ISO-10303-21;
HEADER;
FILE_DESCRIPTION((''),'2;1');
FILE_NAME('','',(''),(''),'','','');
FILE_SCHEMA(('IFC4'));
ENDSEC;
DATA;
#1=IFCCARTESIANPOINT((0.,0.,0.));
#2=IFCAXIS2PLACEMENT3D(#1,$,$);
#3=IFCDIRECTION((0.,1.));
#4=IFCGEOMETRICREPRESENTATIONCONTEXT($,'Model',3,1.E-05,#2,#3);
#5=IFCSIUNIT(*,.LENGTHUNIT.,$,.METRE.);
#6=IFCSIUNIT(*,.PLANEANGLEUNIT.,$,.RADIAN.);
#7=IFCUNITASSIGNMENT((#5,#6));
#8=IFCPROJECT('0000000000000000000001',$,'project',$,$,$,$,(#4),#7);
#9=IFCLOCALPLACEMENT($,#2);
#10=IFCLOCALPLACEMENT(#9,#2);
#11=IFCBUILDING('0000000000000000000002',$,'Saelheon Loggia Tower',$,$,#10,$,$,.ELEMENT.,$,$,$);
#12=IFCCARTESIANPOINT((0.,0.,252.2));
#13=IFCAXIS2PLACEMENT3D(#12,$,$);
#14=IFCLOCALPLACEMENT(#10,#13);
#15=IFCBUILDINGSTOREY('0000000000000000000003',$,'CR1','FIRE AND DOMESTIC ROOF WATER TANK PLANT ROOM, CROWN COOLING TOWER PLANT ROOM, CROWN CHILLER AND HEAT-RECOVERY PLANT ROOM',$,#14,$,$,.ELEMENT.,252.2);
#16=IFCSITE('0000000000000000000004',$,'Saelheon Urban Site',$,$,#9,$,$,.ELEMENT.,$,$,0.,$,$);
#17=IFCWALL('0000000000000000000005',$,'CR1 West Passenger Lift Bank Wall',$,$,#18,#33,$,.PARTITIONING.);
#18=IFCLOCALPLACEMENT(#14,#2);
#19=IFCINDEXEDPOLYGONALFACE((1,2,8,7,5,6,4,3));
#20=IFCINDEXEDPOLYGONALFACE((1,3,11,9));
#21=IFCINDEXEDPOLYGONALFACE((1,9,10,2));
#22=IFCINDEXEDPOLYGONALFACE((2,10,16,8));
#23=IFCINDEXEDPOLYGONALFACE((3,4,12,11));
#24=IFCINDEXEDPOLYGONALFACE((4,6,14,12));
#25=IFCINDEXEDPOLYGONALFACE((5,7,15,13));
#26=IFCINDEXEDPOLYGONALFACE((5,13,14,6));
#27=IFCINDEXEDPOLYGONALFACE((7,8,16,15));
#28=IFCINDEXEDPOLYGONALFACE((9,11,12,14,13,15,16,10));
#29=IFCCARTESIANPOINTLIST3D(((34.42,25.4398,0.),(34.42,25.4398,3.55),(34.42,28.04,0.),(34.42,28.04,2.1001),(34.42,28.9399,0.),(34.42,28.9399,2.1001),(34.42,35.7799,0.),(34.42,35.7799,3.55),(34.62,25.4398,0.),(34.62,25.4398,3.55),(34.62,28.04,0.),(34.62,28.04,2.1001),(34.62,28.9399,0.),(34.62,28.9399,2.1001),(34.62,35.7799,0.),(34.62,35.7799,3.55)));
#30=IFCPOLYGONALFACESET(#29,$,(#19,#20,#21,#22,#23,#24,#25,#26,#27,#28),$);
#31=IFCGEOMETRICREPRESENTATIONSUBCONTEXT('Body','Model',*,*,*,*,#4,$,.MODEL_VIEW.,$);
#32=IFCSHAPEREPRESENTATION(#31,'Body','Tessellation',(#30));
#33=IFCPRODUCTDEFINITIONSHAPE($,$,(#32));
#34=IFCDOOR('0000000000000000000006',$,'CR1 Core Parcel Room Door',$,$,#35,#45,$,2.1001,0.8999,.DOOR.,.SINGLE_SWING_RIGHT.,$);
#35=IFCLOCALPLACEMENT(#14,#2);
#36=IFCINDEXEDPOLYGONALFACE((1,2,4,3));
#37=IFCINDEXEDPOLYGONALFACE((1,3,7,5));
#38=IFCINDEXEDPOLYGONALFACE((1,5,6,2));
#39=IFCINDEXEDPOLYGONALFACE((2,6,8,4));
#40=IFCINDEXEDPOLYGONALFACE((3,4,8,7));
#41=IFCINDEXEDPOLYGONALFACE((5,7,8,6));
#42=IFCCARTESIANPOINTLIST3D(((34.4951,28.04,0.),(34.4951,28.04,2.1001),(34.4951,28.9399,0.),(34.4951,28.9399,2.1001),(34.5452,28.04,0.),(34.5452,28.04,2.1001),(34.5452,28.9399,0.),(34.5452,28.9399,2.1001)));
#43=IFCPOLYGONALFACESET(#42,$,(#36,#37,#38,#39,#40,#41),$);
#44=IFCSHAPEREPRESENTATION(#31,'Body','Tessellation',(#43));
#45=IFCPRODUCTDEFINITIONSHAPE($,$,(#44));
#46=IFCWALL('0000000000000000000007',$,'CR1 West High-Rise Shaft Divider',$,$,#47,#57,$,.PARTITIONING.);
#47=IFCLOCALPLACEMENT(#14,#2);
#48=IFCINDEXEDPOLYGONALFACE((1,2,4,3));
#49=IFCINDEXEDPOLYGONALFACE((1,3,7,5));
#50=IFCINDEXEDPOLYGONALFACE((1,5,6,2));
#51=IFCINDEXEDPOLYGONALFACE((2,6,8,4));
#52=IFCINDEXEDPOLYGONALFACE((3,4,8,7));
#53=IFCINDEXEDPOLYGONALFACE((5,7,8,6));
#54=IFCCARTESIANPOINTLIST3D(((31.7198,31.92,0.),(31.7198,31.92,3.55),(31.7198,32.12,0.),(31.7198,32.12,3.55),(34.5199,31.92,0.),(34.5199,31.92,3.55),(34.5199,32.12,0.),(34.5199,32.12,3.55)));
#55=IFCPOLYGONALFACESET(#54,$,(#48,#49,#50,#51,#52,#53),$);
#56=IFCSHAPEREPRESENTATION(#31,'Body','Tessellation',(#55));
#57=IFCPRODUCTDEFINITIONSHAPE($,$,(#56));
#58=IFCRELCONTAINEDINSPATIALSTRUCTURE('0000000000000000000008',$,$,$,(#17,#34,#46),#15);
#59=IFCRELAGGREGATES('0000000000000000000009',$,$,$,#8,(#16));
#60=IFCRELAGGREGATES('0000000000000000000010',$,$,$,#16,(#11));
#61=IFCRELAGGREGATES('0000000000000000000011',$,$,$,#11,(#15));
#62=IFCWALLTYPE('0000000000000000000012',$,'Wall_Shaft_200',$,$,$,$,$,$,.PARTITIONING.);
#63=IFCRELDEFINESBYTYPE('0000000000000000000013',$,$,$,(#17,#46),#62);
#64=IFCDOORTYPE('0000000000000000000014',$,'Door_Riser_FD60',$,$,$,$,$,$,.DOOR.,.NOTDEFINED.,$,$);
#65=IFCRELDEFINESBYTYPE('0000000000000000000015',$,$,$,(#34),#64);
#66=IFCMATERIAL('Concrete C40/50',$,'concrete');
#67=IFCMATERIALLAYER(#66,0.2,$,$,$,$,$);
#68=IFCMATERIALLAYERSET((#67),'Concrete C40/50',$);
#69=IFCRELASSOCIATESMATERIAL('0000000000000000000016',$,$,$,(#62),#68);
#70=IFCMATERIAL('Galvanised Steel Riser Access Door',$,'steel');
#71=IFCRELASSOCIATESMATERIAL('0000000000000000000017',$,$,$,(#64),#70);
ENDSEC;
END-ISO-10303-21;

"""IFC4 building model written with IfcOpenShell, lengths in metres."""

from ifc_helpers import new_model, si_unit, direction, frame, frame_2d, origin, place, context, subcontext, project, spatial, rectangle, extrude, source, transform, mapped, material, layer, layer_set, type_object, element, fill, save


model = new_model("IFC4")

# Units and contexts
model_context = context("Model", 3, precision=1e-05, world=origin(), true_north=direction((0.0, 1.0)))
body_context = subcontext(model_context, "Body", "Model", "MODEL_VIEW")
ifc_project = project(units=[si_unit("LENGTHUNIT", "METRE"), si_unit("PLANEANGLEUNIT", "RADIAN")], contexts=[model_context])

# Site, building, storey
site_placement = place(None, origin())
site = spatial("IfcSite", under=ifc_project, at=site_placement, Name="Saelheon Urban Site", CompositionType="ELEMENT", RefElevation=0.0)
building_placement = place(site_placement, origin())
building = spatial("IfcBuilding", under=site, at=building_placement, Name="Saelheon Loggia Tower", CompositionType="ELEMENT")
storey_placement = place(building_placement, frame((0.0, 0.0, 252.2)))
storey = spatial("IfcBuildingStorey", under=building, at=storey_placement, Name="CR1", Description="FIRE AND DOMESTIC ROOF WATER TANK PLANT ROOM, CROWN COOLING TOWER PLANT ROOM, CROWN CHILLER AND HEAT-RECOVERY PLANT ROOM", CompositionType="ELEMENT", Elevation=252.2)

# Wall, opening, door
ifc_material_1 = material(Name="Concrete C40/50", Category="concrete")
ifc_layer_1 = layer(ifc_material_1, 0.2)
ifc_layer_set_1 = layer_set([ifc_layer_1], Name="Concrete C40/50")
wall_type = type_object("IfcWallType", Name="Wall_Shaft_200", PredefinedType="PARTITIONING", material=ifc_layer_set_1)
wall_1_placement = place(storey_placement, frame((34.52, 25.4399, 0.0), z_axis=(0.0, 0.0, 1.0), x_axis=(0.0, 1.0, 0.0)))
wall_1 = element("IfcWall", 1, at=wall_1_placement, inside=storey, type_object=wall_type, Name="CR1 West Passenger Lift Bank Wall", PredefinedType="PARTITIONING", context=body_context, shape_type="SweptSolid", body=[
    extrude(rectangle(XDim=10.3401, YDim=0.2, at=frame_2d((5.1699, 0.0))), origin(), (0.0, 0.0, 1.0), 3.55),
])
opening_1_placement = place(wall_1_placement, frame((2.6001, 0.0, 0.0)))
opening_1 = element("IfcOpeningElement", 2, at=opening_1_placement, cuts=wall_1, PredefinedType="OPENING", context=body_context, shape_type="SweptSolid", body=[
    extrude(rectangle(XDim=0.8999, YDim=2.1001, at=frame_2d((0.45, 1.05))), frame((0.0, 0.1121, 0.0), z_axis=(0.0, -1.0, 0.0), x_axis=(1.0, 0.0, 0.0)), (0.0, 0.0, 1.0), 0.2239),
])
ifc_material_2 = material(Name="Galvanised Steel Riser Access Door", Category="steel")
door_type_1 = type_object("IfcDoorType", Name="Door_Riser_FD60", OperationType="NOTDEFINED", PredefinedType="DOOR", material=ifc_material_2)
shared_shape_1 = source(origin(), body_context, "Body", "SweptSolid", [
    extrude(rectangle(XDim=0.8999, YDim=2.1001, at=frame_2d((0.45, 1.05))), frame((0.0, 0.0249, 0.0), z_axis=(0.0, -1.0, 0.0), x_axis=(1.0, 0.0, 0.0)), (0.0, 0.0, 1.0), 0.05),
])
door_1_placement = place(opening_1_placement, origin())
door_1 = element("IfcDoor", 3, at=door_1_placement, inside=storey, type_object=door_type_1, Name="CR1 Core Parcel Room Door", OperationType="SINGLE_SWING_RIGHT", OverallHeight=2.1001, OverallWidth=0.8999, PredefinedType="DOOR", context=body_context, shape_type="MappedRepresentation", body=[
    mapped(shared_shape_1, transform((0.0, 0.0, 0.0), scale=1.0)),
])
fill(opening_1, door_1)

# Wall
wall_2_placement = place(storey_placement, frame((31.72, 32.02, 0.0), z_axis=(0.0, 0.0, 1.0), x_axis=(1.0, 0.0, 0.0)))
element("IfcWall", 4, at=wall_2_placement, inside=storey, type_object=wall_type, Name="CR1 West High-Rise Shaft Divider", PredefinedType="PARTITIONING", context=body_context, shape_type="SweptSolid", body=[
    extrude(rectangle(XDim=2.8, YDim=0.2, at=frame_2d((1.3999, 0.0))), origin(), (0.0, 0.0, 1.0), 3.55),
])

save(model, "model.ifc")
